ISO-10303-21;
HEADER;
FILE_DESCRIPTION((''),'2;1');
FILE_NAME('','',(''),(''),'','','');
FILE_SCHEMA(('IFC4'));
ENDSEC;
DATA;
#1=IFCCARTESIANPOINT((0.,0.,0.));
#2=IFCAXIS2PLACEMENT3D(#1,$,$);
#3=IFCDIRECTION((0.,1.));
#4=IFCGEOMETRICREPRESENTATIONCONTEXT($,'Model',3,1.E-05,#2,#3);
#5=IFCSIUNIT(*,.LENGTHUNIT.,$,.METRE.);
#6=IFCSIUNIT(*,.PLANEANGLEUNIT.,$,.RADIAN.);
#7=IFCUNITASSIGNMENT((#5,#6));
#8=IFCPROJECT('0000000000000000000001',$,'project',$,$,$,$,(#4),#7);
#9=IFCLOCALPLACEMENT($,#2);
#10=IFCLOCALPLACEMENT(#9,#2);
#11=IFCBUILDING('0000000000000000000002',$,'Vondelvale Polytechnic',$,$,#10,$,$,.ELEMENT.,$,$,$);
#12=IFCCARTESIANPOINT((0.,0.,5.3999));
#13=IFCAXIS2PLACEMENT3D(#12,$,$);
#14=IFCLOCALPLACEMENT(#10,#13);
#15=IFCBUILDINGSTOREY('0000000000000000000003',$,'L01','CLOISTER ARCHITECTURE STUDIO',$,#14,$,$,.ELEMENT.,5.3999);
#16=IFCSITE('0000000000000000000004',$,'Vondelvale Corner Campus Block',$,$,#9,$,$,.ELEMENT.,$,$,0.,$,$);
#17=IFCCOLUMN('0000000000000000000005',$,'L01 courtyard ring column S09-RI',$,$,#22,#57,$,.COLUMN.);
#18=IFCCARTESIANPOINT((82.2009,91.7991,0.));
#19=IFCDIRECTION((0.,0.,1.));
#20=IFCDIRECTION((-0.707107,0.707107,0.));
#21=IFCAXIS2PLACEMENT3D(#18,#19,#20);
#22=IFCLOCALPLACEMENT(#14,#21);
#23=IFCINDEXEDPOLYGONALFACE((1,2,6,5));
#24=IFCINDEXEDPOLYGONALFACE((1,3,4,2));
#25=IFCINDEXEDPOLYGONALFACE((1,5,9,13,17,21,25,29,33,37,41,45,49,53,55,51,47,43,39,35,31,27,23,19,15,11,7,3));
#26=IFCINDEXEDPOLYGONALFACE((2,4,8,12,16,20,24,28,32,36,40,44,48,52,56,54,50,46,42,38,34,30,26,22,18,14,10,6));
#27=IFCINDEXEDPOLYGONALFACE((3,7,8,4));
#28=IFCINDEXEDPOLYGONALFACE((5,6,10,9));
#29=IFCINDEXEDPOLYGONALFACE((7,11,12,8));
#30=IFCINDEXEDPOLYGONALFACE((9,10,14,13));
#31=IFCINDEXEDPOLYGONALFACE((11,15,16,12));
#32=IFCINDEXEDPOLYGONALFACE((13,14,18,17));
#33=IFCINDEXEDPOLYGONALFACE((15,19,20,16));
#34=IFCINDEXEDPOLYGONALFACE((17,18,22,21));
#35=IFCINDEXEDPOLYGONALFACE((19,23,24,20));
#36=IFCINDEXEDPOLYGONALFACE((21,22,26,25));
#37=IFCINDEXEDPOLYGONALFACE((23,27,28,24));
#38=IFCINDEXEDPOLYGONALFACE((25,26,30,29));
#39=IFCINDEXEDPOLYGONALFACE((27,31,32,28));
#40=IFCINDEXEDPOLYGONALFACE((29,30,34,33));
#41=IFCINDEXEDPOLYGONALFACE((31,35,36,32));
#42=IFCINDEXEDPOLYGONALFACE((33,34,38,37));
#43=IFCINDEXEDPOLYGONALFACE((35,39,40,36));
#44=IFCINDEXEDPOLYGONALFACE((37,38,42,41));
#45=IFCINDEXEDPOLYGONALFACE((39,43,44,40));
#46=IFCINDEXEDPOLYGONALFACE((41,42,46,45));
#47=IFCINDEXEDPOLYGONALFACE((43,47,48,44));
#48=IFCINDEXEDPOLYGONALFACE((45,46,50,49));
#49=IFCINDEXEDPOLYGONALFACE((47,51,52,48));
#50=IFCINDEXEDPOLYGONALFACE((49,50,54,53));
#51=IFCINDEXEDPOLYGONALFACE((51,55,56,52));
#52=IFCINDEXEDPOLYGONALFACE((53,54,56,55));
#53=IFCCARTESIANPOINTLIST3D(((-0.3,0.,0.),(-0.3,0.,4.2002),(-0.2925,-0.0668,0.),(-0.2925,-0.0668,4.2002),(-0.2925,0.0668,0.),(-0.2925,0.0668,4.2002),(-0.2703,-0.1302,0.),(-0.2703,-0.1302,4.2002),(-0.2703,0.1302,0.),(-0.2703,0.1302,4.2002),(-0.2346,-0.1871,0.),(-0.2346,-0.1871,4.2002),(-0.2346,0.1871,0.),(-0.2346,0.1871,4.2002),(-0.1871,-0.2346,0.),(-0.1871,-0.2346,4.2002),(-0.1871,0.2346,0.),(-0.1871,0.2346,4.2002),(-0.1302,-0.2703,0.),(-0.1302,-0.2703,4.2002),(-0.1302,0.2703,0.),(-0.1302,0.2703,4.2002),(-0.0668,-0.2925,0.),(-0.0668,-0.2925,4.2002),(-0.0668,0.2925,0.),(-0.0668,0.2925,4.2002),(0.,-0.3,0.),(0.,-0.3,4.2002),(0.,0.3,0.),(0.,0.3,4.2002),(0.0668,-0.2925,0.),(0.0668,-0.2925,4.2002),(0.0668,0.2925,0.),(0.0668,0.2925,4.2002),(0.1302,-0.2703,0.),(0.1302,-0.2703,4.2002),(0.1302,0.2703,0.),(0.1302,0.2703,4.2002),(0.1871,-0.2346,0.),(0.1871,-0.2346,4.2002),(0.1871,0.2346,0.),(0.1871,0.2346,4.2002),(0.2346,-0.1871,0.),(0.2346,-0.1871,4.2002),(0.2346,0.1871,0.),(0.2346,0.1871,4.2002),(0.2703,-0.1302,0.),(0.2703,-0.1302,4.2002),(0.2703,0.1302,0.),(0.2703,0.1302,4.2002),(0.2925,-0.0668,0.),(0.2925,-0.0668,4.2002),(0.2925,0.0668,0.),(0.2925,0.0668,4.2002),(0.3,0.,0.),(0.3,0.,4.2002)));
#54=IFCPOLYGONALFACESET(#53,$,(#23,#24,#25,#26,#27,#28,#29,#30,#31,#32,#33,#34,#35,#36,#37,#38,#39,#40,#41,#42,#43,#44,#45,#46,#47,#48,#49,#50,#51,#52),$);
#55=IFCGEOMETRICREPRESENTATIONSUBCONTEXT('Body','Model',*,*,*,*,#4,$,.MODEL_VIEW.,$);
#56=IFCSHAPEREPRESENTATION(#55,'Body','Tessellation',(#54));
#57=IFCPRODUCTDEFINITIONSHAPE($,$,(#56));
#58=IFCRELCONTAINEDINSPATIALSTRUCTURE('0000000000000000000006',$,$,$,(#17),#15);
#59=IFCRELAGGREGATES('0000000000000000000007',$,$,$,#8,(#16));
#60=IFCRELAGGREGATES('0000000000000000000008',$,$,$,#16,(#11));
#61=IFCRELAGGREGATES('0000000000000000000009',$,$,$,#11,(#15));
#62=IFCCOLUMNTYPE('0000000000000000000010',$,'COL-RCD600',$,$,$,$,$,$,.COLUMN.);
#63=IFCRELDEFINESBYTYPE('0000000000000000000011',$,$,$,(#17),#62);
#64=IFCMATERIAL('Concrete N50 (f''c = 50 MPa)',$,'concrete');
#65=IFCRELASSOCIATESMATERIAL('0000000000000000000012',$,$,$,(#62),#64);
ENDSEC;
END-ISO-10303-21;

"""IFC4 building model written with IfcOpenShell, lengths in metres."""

from ifc_helpers import new_model, si_unit, direction, frame, origin, origin_2d, place, context, subcontext, project, spatial, circle, extrude, material, material_profile, profile_set, type_object, element, save


model = new_model("IFC4")

# Units and contexts
model_context = context("Model", 3, precision=1e-05, world=origin(), true_north=direction((0.0, 1.0)))
body_context = subcontext(model_context, "Body", "Model", "MODEL_VIEW")
ifc_project = project(units=[si_unit("LENGTHUNIT", "METRE"), si_unit("PLANEANGLEUNIT", "RADIAN")], contexts=[model_context])

# Site, building, storey
site_placement = place(None, origin())
site = spatial("IfcSite", under=ifc_project, at=site_placement, Name="Vondelvale Corner Campus Block", CompositionType="ELEMENT", RefElevation=0.0)
building_placement = place(site_placement, origin())
building = spatial("IfcBuilding", under=site, at=building_placement, Name="Vondelvale Polytechnic", CompositionType="ELEMENT")
storey_placement = place(building_placement, frame((0.0, 0.0, 5.3999)))
storey = spatial("IfcBuildingStorey", under=building, at=storey_placement, Name="L01", Description="CLOISTER ARCHITECTURE STUDIO", CompositionType="ELEMENT", Elevation=5.3999)

# Column
ifc_material_1 = material(Name="Concrete N50 (f'c = 50 MPa)", Category="concrete")
ifc_material_profile_1 = material_profile(ifc_material_1, circle(Radius=0.3, at=origin_2d()), Name="RC-COL-D600")
ifc_profile_set_1 = profile_set([ifc_material_profile_1], Name="Concrete N50 (f'c = 50 MPa)")
column_type = type_object("IfcColumnType", Name="COL-RCD600", PredefinedType="COLUMN", material=ifc_profile_set_1)
column_placement = place(storey_placement, frame((82.2009, 91.7991, 0.0), z_axis=(0.0, 0.0, 1.0), x_axis=(-0.707107, 0.707107, 0.0)))
element("IfcColumn", 1, at=column_placement, inside=storey, type_object=column_type, Name="L01 courtyard ring column S09-RI", PredefinedType="COLUMN", context=body_context, shape_type="SweptSolid", body=[
    extrude(circle(Radius=0.3, at=origin_2d()), origin(), (0.0, 0.0, 1.0), 4.2002),
])

save(model, "model.ifc")
